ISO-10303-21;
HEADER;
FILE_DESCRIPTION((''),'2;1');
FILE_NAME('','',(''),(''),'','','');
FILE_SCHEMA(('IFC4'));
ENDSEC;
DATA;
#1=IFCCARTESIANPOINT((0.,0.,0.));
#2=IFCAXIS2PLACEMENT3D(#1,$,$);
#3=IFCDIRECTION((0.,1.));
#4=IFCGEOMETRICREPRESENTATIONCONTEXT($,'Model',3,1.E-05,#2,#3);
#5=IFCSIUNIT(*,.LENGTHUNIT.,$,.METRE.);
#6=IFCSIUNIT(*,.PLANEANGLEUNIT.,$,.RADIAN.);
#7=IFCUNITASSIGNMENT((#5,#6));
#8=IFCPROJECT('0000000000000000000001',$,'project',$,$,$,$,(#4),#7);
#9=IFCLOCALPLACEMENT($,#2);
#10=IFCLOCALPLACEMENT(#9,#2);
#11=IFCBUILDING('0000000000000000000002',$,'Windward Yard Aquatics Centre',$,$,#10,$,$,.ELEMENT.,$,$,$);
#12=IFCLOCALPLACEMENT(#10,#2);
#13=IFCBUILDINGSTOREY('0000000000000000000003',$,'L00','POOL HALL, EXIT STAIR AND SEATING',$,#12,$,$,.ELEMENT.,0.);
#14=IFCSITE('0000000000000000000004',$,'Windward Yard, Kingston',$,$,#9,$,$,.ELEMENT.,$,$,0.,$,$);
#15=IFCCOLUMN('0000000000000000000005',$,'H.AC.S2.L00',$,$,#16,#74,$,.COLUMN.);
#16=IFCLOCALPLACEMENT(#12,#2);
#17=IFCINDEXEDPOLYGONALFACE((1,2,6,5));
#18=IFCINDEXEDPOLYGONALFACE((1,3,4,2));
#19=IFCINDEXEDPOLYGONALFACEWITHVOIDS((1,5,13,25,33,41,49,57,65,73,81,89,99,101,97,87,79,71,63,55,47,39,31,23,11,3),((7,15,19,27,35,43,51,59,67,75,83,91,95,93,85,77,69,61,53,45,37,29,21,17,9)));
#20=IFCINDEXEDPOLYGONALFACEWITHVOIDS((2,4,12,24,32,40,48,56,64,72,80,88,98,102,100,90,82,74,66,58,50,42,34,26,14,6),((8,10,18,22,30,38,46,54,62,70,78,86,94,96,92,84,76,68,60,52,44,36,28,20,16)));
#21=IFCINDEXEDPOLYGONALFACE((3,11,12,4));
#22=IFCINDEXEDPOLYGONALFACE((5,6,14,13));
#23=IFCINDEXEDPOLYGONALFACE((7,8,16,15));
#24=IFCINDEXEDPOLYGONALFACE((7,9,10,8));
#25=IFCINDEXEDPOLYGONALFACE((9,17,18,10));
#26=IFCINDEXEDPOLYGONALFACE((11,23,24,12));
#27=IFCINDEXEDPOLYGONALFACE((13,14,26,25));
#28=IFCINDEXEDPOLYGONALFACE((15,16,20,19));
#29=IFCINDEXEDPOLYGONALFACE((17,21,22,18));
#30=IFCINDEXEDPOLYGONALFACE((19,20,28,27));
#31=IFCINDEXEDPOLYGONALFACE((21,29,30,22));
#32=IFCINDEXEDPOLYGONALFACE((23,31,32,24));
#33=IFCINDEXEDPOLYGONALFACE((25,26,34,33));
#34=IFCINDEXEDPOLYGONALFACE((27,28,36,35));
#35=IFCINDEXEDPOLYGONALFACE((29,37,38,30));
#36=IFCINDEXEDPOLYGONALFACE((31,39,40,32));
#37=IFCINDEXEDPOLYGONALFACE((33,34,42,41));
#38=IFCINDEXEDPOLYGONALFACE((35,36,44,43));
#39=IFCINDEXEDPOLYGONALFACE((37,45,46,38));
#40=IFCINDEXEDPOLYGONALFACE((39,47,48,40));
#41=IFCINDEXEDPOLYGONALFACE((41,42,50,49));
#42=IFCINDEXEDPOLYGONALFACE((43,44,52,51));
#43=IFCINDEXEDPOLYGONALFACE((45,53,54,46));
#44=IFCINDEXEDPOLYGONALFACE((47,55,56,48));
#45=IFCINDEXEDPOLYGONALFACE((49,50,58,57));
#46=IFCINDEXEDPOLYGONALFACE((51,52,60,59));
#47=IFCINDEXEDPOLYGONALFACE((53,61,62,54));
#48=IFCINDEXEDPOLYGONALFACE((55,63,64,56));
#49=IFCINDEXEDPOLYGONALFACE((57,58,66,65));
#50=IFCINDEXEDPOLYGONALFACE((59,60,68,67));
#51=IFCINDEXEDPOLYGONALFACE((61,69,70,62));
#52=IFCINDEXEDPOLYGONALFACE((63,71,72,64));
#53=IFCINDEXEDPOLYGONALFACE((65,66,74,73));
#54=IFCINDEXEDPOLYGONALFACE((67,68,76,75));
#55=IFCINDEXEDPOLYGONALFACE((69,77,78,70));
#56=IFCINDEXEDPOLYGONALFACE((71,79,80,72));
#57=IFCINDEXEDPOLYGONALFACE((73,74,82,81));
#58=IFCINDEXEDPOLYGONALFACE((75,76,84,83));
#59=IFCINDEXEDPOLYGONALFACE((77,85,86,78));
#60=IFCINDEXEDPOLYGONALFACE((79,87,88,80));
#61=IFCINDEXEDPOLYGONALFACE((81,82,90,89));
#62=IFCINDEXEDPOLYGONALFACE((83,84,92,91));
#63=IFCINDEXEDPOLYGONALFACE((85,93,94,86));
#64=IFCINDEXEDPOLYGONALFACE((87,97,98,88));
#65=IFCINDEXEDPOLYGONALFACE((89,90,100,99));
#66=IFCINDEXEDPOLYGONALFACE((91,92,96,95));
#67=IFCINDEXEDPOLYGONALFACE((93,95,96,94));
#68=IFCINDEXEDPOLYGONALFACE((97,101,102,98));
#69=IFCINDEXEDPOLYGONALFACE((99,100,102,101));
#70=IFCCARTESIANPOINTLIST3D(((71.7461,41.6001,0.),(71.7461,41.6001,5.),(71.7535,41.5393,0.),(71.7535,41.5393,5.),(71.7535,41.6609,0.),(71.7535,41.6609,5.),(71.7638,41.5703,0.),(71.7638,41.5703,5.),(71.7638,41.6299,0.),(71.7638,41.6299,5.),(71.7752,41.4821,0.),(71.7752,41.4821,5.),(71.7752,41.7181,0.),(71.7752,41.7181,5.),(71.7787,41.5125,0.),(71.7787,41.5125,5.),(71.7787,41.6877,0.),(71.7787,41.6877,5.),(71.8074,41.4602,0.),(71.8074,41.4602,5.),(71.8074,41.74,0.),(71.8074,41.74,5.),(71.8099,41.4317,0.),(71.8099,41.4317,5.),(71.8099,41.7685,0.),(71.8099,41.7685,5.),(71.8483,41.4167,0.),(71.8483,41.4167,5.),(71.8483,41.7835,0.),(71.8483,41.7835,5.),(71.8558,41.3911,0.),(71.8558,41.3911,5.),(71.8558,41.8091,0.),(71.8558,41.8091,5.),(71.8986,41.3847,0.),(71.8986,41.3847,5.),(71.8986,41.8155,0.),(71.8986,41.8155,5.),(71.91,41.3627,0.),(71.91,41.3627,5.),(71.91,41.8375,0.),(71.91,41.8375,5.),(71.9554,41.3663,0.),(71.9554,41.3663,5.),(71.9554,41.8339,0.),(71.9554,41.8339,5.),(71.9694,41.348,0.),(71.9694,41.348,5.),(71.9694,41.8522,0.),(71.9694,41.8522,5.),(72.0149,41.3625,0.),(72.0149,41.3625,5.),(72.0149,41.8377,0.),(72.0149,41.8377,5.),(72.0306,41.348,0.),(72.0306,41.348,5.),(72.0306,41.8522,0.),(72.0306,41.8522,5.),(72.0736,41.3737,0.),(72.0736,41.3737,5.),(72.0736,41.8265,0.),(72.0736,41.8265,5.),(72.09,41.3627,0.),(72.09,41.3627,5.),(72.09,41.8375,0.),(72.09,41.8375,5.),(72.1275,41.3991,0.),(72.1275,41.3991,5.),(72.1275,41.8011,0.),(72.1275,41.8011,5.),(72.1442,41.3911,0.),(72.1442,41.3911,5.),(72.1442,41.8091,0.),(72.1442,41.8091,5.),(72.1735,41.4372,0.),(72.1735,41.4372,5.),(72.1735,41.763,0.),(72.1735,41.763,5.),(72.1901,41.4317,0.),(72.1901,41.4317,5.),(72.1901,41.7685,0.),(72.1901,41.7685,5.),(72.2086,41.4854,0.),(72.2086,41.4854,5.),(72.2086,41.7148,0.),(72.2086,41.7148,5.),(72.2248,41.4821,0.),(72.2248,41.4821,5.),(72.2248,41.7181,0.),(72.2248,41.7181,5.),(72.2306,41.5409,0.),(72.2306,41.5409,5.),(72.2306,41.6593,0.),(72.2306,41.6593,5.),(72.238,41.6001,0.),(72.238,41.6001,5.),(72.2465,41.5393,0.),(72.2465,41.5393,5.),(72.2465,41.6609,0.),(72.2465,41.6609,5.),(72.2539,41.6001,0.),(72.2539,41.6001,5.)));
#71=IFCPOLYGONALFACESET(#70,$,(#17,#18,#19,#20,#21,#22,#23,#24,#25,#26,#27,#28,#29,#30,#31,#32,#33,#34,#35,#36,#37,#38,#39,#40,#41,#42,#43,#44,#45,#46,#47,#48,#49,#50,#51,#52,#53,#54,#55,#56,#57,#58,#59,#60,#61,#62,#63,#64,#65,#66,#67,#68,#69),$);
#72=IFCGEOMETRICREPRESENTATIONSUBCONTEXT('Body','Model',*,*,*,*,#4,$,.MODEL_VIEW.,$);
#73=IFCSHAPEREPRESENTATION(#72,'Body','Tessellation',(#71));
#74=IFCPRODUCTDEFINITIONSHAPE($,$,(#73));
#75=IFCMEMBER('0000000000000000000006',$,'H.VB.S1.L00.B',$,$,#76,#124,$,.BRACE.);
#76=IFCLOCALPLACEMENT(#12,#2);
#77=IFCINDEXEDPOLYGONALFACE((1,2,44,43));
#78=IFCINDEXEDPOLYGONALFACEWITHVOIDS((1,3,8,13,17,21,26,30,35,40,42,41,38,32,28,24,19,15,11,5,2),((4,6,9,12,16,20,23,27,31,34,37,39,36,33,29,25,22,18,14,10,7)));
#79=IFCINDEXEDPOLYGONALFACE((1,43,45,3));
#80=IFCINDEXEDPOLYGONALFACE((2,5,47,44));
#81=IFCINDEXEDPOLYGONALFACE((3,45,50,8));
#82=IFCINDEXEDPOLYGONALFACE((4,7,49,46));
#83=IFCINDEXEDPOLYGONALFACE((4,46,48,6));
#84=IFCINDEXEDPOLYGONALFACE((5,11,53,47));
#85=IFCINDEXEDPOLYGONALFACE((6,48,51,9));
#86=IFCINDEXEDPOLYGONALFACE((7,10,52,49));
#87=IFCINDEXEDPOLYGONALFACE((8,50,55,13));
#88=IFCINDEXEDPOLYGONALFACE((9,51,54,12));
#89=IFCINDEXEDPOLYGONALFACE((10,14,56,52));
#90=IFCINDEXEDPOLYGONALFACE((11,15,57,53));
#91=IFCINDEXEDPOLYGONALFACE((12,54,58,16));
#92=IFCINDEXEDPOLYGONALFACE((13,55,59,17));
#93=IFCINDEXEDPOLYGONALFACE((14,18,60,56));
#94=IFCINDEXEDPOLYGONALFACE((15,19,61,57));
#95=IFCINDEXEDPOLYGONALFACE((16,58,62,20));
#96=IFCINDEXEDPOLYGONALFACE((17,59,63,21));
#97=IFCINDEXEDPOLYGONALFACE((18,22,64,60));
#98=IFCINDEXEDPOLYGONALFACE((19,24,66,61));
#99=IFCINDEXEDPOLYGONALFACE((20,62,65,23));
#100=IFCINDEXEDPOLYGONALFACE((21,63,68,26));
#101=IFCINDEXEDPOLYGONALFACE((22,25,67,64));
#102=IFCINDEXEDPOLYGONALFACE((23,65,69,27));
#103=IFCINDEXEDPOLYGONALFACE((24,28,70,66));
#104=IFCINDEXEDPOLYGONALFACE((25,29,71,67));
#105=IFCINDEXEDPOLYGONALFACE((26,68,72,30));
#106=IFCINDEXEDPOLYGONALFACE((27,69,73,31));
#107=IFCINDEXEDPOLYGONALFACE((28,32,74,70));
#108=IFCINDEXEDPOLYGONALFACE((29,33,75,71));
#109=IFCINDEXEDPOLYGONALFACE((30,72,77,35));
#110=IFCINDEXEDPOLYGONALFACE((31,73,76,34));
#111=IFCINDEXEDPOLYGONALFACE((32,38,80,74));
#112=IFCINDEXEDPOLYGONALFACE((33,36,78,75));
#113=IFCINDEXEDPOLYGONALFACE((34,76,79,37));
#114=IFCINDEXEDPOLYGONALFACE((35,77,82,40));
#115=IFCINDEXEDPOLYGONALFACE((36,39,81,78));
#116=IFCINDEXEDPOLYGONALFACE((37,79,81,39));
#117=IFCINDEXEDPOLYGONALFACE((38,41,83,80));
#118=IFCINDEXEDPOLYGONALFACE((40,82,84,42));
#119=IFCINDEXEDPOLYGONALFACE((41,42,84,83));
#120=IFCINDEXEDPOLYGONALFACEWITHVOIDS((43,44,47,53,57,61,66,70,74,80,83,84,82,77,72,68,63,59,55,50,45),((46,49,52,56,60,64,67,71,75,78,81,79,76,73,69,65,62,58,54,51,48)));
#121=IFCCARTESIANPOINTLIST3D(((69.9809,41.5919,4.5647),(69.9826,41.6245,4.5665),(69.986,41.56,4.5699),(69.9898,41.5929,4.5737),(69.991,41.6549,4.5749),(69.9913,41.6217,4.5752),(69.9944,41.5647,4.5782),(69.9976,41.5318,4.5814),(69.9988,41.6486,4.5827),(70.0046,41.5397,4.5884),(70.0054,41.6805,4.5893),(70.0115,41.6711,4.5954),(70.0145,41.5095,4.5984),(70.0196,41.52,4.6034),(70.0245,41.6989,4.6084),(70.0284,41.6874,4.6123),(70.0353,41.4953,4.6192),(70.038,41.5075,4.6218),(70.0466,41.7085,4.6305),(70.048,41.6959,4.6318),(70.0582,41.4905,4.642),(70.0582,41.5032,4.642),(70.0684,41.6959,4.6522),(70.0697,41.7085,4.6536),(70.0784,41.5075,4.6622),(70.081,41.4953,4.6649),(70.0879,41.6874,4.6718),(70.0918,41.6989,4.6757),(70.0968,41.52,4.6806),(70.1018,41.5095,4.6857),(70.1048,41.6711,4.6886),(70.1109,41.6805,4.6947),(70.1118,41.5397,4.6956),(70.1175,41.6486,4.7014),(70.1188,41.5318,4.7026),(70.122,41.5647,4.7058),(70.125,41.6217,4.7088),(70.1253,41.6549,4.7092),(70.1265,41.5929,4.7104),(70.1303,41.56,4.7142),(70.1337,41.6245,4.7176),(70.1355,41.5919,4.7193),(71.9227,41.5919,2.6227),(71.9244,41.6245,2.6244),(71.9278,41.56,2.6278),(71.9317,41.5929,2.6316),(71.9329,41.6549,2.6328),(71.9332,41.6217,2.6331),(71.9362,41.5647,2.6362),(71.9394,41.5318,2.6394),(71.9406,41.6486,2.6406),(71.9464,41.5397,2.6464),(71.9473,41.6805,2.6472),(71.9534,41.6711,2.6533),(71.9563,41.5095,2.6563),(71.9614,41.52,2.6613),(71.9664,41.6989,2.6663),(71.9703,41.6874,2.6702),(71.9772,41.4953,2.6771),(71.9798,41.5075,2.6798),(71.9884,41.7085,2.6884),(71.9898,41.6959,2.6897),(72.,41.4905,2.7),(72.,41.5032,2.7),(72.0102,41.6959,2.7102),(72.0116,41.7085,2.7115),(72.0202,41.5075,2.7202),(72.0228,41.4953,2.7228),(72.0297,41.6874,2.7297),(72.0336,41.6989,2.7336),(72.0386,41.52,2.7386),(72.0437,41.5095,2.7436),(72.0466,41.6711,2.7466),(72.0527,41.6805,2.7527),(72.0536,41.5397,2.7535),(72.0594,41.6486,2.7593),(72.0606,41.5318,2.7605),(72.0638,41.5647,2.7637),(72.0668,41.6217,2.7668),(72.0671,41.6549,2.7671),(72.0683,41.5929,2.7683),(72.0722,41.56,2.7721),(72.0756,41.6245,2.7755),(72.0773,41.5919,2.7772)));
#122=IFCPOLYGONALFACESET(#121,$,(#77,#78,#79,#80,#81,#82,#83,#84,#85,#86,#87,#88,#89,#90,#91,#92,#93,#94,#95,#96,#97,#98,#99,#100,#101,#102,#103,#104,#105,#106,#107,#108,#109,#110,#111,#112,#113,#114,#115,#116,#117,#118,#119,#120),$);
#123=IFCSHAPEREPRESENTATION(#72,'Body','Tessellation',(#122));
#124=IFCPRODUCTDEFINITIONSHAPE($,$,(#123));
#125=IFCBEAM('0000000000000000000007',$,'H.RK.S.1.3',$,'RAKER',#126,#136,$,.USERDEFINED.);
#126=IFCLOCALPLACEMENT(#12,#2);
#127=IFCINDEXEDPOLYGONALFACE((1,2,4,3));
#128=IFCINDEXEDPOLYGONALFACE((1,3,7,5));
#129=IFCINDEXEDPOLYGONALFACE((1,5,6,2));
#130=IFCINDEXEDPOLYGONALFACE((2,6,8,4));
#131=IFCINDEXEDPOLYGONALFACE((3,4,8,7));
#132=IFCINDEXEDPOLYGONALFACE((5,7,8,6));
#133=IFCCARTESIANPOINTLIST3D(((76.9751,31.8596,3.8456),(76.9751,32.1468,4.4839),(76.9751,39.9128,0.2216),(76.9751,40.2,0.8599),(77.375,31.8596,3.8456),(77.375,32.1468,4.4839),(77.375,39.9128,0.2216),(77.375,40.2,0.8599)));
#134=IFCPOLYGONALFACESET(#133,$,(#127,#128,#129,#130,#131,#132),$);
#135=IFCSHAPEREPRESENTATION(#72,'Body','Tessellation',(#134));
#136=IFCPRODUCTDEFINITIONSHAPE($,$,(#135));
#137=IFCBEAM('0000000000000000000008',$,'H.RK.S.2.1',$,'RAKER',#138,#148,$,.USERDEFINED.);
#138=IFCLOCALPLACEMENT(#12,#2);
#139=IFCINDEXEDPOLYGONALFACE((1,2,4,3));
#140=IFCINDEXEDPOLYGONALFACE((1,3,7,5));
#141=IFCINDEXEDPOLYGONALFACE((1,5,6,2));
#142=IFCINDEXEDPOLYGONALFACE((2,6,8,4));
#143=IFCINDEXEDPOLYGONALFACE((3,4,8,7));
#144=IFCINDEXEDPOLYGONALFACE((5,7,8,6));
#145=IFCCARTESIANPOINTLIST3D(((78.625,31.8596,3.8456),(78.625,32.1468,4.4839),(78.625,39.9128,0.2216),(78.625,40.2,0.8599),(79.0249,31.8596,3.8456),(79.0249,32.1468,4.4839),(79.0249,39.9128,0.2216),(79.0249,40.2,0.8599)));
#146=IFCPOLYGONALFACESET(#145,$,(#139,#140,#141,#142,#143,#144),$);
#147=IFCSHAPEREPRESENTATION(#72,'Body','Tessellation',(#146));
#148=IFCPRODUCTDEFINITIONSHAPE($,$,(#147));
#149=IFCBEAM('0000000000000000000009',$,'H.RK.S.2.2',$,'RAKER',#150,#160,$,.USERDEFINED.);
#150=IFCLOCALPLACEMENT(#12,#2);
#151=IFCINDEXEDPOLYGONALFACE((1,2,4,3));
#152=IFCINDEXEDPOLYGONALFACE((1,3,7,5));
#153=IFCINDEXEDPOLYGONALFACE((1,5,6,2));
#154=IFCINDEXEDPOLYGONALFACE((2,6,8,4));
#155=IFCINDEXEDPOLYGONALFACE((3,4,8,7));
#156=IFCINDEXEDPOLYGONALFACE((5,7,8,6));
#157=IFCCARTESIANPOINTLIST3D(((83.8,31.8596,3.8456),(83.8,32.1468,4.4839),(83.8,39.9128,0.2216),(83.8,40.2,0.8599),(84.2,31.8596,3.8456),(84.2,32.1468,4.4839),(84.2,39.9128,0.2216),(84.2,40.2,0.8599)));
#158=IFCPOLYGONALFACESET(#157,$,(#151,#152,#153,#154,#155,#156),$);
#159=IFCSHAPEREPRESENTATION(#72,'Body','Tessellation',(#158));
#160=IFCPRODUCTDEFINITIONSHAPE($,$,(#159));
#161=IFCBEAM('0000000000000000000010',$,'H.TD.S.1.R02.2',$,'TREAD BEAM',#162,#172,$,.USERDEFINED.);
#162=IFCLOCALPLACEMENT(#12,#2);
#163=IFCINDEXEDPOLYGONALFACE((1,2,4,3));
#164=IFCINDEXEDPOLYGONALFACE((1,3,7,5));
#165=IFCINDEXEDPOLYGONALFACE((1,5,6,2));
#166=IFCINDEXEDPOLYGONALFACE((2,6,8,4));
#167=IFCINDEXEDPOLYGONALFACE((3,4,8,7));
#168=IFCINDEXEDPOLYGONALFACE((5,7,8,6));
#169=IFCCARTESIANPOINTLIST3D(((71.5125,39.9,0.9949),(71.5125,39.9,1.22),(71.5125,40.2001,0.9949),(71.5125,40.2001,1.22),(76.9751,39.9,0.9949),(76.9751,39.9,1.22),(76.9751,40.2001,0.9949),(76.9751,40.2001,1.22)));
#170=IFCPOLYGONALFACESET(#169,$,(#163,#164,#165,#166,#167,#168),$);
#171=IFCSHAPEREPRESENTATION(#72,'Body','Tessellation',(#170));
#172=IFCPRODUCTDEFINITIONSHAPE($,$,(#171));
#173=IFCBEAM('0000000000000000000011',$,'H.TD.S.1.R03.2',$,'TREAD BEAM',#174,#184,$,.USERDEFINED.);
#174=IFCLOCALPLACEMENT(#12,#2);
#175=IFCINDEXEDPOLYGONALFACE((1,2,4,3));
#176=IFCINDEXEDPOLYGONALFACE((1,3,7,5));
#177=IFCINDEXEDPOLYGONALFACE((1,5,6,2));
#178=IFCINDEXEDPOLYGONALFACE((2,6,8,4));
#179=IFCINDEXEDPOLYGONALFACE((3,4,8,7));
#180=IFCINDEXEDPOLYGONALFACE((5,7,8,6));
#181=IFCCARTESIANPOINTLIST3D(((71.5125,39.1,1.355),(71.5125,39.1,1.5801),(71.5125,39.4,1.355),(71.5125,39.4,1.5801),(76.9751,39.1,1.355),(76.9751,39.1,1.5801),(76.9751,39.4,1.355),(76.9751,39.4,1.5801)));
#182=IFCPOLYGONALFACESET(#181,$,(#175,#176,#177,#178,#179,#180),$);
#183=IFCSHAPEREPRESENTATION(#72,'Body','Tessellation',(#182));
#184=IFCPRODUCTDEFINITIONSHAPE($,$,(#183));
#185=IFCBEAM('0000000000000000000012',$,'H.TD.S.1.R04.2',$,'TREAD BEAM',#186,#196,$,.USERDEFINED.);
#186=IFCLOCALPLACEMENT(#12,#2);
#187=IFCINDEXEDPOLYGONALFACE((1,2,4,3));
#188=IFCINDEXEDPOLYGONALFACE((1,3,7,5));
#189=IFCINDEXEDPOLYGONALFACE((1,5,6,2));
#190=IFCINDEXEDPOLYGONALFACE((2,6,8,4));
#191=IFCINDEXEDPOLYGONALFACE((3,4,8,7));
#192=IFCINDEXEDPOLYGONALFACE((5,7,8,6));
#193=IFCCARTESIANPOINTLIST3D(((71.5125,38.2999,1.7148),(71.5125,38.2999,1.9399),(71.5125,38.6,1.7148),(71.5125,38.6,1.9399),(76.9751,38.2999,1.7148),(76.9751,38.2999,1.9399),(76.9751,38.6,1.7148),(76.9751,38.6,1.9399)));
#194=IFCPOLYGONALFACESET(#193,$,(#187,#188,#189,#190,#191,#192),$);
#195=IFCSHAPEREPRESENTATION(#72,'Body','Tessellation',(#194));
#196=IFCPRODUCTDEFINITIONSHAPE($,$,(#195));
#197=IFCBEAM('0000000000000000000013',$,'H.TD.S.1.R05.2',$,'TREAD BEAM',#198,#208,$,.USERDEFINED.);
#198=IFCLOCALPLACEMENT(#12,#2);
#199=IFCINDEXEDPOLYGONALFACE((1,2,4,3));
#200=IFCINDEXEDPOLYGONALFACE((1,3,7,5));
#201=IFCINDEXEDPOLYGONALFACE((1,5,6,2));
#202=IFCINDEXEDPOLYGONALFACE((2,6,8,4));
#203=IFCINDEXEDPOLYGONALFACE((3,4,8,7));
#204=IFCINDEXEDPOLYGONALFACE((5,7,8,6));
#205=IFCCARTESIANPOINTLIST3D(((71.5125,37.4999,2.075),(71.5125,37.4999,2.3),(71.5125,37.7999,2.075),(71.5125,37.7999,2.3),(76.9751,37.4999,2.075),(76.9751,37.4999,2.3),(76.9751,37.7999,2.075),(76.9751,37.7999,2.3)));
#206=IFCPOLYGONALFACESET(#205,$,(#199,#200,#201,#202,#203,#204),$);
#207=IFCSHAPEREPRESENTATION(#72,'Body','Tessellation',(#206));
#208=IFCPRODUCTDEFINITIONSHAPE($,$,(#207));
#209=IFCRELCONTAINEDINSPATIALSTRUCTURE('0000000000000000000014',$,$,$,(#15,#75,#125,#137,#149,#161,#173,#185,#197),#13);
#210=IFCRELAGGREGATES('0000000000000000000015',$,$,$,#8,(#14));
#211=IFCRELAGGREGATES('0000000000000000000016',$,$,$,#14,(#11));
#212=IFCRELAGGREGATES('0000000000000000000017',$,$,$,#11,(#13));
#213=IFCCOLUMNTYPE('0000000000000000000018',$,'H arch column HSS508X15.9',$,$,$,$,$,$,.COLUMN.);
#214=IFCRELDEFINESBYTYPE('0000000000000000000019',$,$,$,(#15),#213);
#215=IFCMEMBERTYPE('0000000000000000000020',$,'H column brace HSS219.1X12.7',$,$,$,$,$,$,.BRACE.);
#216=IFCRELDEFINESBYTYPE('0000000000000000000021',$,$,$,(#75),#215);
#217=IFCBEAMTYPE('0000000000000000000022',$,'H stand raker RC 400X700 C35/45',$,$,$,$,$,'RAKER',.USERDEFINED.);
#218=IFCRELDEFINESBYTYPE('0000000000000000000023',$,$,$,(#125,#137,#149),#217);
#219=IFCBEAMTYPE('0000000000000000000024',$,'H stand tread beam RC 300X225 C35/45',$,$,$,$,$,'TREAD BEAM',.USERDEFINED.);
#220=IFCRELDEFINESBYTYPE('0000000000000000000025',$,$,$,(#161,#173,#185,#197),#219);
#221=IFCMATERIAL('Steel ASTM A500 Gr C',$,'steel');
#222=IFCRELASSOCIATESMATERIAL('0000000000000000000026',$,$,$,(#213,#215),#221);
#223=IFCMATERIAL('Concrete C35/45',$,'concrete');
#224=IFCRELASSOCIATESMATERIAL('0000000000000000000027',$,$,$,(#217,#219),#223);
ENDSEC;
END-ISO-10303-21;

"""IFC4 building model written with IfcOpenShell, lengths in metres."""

from ifc_helpers import new_model, si_unit, direction, frame, origin, origin_2d, place, context, subcontext, project, spatial, rectangle, hollow_circle, extrude, material, material_profile, profile_set, type_object, element, save


model = new_model("IFC4")

# Units and contexts
model_context = context("Model", 3, precision=1e-05, world=origin(), true_north=direction((0.0, 1.0)))
body_context = subcontext(model_context, "Body", "Model", "MODEL_VIEW")
ifc_project = project(units=[si_unit("LENGTHUNIT", "METRE"), si_unit("PLANEANGLEUNIT", "RADIAN")], contexts=[model_context])

# Site, building, storey
site_placement = place(None, origin())
site = spatial("IfcSite", under=ifc_project, at=site_placement, Name="Windward Yard, Kingston", CompositionType="ELEMENT", RefElevation=0.0)
building_placement = place(site_placement, origin())
building = spatial("IfcBuilding", under=site, at=building_placement, Name="Windward Yard Aquatics Centre", CompositionType="ELEMENT")
storey_placement = place(building_placement, origin())
storey = spatial("IfcBuildingStorey", under=building, at=storey_placement, Name="L00", Description="POOL HALL, EXIT STAIR AND SEATING", CompositionType="ELEMENT", Elevation=0.0)

# Shared definitions
ifc_material_1 = material(Name="Concrete C35/45", Category="concrete")

# Column
ifc_material_2 = material(Name="Steel ASTM A500 Gr C", Category="steel")
ifc_material_profile_1 = material_profile(ifc_material_2, hollow_circle(Radius=0.2539, WallThickness=0.0159, at=origin_2d()), Name="HSS508X15.9")
ifc_profile_set_1 = profile_set([ifc_material_profile_1], Name="Steel ASTM A500 Gr C")
column_type = type_object("IfcColumnType", Name="H arch column HSS508X15.9", PredefinedType="COLUMN", material=ifc_profile_set_1)
column_placement = place(storey_placement, frame((72.0, 41.6001, 0.0), z_axis=(0.0, 0.0, 1.0), x_axis=(1.0, 0.0, 0.0)))
element("IfcColumn", 1, at=column_placement, inside=storey, type_object=column_type, Name="H.AC.S2.L00", PredefinedType="COLUMN", context=body_context, shape_type="SweptSolid", body=[
    extrude(hollow_circle(Radius=0.2539, WallThickness=0.0159, at=origin_2d()), origin(), (0.0, 0.0, 1.0), 5.0),
])

# Member
ifc_material_profile_2 = material_profile(ifc_material_2, hollow_circle(Radius=0.1096, WallThickness=0.0127, at=origin_2d()), Name="HSS219.1X12.7")
ifc_profile_set_2 = profile_set([ifc_material_profile_2], Name="Steel ASTM A500 Gr C")
member_type = type_object("IfcMemberType", Name="H column brace HSS219.1X12.7", PredefinedType="BRACE", material=ifc_profile_set_2)
member_placement = place(storey_placement, frame((72.0, 41.6001, 2.7), z_axis=(-0.707062, 0.0, 0.707151), x_axis=(0.0, -1.0, 0.0)))
element("IfcMember", 2, at=member_placement, inside=storey, type_object=member_type, Name="H.VB.S1.L00.B", PredefinedType="BRACE", context=body_context, shape_type="SweptSolid", body=[
    extrude(hollow_circle(Radius=0.1096, WallThickness=0.0127, at=origin_2d()), origin(), (0.0, 0.0, 1.0), 2.7463),
])

# Beams
ifc_material_profile_3 = material_profile(ifc_material_1, rectangle(XDim=0.3999, YDim=0.7, at=origin_2d()), Name="RC 400X700")
ifc_profile_set_3 = profile_set([ifc_material_profile_3], Name="Concrete C35/45")
beam_type_1 = type_object("IfcBeamType", Name="H stand raker RC 400X700 C35/45", ElementType="RAKER", PredefinedType="USERDEFINED", material=ifc_profile_set_3)
for number, where, z_axis, x_axis, name in (
    (3, (77.175, 40.0564, 0.5408), (0.0, -0.911918, 0.410372), (1.0, 0.0, 0.0), "H.RK.S.1.3"),
    (4, (78.825, 40.0564, 0.5408), (0.0, -0.911918, 0.410372), (1.0, 0.0, 0.0), "H.RK.S.2.1"),
    (5, (84.0, 40.0564, 0.5408), (0.0, -0.911918, 0.410372), (1.0, 0.0, 0.0), "H.RK.S.2.2"),
):
    element("IfcBeam", number, at=place(storey_placement, frame(where, z_axis=z_axis, x_axis=x_axis)), inside=storey, type_object=beam_type_1, Name=name, ObjectType="RAKER", PredefinedType="USERDEFINED", context=body_context, shape_type="SweptSolid", body=[
        extrude(rectangle(XDim=0.3999, YDim=0.7, at=origin_2d()), origin(), (0.0, 0.0, 1.0), 8.8311),
    ])
ifc_material_profile_4 = material_profile(ifc_material_1, rectangle(XDim=0.3, YDim=0.2251, at=origin_2d()), Name="RC 300X225")
ifc_profile_set_4 = profile_set([ifc_material_profile_4], Name="Concrete C35/45")
beam_type_2 = type_object("IfcBeamType", Name="H stand tread beam RC 300X225 C35/45", ElementType="TREAD BEAM", PredefinedType="USERDEFINED", material=ifc_profile_set_4)
for number, where, z_axis, x_axis, name in (
    (6, (71.5125, 40.05, 1.1074), (1.0, 0.0, 0.0), (0.0, 1.0, 0.0), "H.TD.S.1.R02.2"),
    (7, (71.5125, 39.25, 1.4675), (1.0, 0.0, 0.0), (0.0, 1.0, 0.0), "H.TD.S.1.R03.2"),
    (8, (71.5125, 38.45, 1.8274), (1.0, 0.0, 0.0), (0.0, 1.0, 0.0), "H.TD.S.1.R04.2"),
    (9, (71.5125, 37.6499, 2.1875), (1.0, 0.0, 0.0), (0.0, 1.0, 0.0), "H.TD.S.1.R05.2"),
):
    element("IfcBeam", number, at=place(storey_placement, frame(where, z_axis=z_axis, x_axis=x_axis)), inside=storey, type_object=beam_type_2, Name=name, ObjectType="TREAD BEAM", PredefinedType="USERDEFINED", context=body_context, shape_type="SweptSolid", body=[
        extrude(rectangle(XDim=0.3, YDim=0.2251, at=origin_2d()), origin(), (0.0, 0.0, 1.0), 5.4626),
    ])

save(model, "model.ifc")
